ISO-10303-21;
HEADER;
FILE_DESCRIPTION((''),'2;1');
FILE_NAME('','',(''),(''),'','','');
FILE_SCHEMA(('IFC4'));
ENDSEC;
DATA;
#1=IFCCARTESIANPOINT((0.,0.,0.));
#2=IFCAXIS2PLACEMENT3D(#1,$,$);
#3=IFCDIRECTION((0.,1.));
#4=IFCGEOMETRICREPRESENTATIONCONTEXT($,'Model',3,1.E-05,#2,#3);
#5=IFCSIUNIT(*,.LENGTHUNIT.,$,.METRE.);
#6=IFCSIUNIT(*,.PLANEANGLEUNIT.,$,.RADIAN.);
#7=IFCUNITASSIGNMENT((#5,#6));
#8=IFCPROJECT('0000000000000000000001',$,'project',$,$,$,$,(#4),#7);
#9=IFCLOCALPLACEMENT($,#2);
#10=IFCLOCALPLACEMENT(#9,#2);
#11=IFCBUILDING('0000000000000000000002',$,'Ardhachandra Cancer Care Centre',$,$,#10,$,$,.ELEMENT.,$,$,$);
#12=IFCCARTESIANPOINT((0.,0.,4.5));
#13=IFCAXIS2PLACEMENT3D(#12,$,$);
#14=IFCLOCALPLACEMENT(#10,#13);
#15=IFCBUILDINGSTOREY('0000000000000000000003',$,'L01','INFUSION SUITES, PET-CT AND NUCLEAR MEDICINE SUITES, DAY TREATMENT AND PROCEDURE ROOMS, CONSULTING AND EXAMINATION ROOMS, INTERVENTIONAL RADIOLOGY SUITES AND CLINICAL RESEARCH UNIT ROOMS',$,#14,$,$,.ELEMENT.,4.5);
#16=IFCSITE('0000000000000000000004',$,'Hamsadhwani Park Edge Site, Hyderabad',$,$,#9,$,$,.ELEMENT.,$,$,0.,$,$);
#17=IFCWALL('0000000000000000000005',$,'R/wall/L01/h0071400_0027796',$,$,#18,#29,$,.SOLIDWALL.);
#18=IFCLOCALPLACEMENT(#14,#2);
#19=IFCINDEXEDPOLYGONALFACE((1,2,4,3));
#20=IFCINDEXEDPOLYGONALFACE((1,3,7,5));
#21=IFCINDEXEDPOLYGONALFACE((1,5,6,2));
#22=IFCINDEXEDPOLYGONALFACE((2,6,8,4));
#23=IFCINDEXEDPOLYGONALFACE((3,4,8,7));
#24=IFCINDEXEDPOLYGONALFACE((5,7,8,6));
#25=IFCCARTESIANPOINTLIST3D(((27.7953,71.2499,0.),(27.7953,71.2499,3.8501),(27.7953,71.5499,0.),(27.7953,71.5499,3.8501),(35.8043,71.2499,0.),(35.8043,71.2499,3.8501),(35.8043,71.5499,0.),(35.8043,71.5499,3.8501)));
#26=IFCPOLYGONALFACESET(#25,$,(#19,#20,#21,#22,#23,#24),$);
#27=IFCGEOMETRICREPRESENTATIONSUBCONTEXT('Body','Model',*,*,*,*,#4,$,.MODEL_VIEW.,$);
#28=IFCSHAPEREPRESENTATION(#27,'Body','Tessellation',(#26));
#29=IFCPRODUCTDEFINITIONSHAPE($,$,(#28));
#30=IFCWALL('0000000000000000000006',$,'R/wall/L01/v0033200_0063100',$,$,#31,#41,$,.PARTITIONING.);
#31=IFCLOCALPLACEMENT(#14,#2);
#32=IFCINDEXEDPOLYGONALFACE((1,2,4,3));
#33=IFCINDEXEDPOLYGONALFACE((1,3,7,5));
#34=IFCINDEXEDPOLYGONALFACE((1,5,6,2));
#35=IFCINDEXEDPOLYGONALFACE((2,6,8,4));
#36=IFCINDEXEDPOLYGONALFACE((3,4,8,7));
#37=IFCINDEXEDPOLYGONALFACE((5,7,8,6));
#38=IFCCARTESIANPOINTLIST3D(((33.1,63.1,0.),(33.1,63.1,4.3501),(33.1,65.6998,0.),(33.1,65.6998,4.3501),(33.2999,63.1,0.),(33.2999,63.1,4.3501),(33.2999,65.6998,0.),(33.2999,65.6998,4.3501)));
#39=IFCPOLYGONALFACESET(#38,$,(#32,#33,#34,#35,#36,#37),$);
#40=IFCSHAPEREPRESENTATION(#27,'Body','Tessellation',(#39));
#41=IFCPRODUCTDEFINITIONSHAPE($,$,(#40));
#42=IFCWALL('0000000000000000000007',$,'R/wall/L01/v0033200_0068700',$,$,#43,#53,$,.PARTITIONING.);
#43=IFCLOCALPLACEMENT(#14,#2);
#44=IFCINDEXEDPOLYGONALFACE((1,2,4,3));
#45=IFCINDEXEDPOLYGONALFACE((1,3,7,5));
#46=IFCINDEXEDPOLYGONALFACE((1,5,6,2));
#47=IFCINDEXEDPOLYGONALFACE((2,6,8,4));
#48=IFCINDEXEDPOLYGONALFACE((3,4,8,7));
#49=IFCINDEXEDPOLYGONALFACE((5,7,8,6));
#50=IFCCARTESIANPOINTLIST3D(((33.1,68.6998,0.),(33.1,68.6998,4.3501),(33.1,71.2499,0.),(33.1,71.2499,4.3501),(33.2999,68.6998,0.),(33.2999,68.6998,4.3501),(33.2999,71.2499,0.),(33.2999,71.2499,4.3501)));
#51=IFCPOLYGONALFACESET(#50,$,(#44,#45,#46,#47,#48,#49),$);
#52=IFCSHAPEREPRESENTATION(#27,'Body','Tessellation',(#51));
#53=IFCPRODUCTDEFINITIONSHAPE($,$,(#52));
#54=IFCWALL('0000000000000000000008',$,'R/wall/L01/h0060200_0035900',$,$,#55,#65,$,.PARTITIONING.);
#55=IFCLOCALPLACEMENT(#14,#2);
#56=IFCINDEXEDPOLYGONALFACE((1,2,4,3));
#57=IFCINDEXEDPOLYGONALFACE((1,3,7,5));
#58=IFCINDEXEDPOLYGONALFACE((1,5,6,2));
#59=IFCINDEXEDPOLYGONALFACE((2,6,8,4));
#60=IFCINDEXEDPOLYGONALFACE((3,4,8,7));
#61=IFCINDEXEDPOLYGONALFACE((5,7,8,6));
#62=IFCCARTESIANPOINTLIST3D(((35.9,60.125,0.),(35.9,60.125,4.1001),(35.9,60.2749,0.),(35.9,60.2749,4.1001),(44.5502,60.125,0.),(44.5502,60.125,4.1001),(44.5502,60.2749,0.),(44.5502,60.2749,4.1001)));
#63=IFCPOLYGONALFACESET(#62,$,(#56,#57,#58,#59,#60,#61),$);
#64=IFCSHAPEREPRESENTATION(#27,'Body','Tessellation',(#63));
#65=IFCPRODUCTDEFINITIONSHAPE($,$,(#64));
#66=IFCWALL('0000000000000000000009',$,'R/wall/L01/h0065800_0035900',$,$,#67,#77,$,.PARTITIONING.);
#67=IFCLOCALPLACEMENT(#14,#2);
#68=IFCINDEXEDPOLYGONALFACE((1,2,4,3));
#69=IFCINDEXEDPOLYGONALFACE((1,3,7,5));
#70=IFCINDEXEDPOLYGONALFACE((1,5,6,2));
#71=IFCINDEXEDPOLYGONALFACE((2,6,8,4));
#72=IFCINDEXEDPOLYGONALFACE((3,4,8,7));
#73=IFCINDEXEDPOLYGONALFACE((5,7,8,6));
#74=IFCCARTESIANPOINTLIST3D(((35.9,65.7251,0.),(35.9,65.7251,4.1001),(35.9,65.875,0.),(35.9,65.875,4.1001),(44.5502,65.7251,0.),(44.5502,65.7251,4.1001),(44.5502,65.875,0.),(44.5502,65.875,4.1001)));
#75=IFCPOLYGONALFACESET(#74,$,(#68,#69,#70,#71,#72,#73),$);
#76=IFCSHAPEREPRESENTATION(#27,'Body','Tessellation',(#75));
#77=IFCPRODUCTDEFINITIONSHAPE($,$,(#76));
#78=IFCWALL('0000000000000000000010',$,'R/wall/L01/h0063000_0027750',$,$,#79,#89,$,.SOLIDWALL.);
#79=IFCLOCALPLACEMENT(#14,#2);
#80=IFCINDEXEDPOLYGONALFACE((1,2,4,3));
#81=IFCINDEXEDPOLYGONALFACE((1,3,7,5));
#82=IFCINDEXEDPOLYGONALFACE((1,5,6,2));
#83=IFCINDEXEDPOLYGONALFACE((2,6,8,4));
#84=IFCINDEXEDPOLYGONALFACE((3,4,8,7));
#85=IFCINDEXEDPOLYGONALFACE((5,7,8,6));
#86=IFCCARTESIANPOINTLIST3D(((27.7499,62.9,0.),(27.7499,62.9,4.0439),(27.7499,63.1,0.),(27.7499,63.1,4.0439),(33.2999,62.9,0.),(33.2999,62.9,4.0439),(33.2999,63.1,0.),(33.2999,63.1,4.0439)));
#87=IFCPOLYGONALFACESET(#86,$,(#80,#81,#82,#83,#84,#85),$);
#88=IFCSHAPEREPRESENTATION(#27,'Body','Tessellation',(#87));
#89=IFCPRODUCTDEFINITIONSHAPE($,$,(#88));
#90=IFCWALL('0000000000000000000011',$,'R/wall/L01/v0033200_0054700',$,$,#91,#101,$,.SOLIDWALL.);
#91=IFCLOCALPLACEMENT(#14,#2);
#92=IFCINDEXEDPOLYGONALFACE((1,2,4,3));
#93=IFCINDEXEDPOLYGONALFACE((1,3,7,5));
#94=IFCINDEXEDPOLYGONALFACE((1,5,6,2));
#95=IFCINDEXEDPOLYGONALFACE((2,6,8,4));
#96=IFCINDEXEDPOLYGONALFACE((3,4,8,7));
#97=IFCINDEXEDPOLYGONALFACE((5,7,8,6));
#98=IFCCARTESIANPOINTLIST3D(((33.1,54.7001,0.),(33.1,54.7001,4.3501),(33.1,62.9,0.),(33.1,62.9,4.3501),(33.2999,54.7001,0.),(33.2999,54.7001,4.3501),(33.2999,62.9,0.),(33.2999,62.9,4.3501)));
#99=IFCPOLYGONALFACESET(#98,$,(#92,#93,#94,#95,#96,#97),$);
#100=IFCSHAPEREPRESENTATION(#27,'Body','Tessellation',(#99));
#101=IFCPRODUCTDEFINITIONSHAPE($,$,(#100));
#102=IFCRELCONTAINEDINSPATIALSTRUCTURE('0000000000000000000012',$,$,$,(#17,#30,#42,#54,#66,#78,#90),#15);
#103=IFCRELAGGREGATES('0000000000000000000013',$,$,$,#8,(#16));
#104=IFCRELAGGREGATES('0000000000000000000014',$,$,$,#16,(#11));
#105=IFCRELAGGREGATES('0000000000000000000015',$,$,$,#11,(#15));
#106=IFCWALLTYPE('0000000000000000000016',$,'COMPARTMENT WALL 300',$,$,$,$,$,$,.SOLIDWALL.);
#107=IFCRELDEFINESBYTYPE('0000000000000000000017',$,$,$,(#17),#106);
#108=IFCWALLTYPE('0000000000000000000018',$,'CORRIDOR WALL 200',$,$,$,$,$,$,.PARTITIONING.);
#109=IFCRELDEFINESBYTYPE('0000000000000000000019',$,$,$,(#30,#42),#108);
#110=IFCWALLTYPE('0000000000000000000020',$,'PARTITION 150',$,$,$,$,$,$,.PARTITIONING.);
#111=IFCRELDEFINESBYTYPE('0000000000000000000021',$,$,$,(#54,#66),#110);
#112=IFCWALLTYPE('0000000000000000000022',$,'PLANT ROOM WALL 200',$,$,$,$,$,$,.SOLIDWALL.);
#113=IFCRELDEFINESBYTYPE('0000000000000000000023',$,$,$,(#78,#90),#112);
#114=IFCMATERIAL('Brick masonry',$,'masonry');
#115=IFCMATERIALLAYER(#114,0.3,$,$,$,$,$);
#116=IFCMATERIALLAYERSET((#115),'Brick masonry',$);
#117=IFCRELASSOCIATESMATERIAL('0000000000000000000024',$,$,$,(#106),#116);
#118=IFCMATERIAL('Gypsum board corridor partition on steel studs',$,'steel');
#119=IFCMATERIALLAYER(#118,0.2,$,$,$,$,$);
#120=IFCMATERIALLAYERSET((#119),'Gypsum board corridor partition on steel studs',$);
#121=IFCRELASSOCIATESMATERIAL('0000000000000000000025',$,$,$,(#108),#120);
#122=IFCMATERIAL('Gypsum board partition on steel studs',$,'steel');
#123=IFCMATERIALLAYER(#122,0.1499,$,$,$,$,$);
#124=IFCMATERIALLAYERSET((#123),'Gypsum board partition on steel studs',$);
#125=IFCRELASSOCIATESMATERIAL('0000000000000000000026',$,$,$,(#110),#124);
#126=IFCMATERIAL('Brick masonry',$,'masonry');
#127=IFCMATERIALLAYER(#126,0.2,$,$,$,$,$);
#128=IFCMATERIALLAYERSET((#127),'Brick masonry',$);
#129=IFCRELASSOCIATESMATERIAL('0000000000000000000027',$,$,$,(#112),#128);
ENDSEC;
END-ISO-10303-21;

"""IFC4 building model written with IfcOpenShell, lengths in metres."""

from ifc_helpers import new_model, si_unit, direction, frame, frame_2d, origin, place, context, subcontext, project, spatial, rectangle, extrude, material, layer, layer_set, type_object, element, save


model = new_model("IFC4")

# Units and contexts
model_context = context("Model", 3, precision=1e-05, world=origin(), true_north=direction((0.0, 1.0)))
body_context = subcontext(model_context, "Body", "Model", "MODEL_VIEW")
ifc_project = project(units=[si_unit("LENGTHUNIT", "METRE"), si_unit("PLANEANGLEUNIT", "RADIAN")], contexts=[model_context])

# Site, building, storey
site_placement = place(None, origin())
site = spatial("IfcSite", under=ifc_project, at=site_placement, Name="Hamsadhwani Park Edge Site, Hyderabad", CompositionType="ELEMENT", RefElevation=0.0)
building_placement = place(site_placement, origin())
building = spatial("IfcBuilding", under=site, at=building_placement, Name="Ardhachandra Cancer Care Centre", CompositionType="ELEMENT")
storey_placement = place(building_placement, frame((0.0, 0.0, 4.5)))
storey = spatial("IfcBuildingStorey", under=building, at=storey_placement, Name="L01", Description="INFUSION SUITES, PET-CT AND NUCLEAR MEDICINE SUITES, DAY TREATMENT AND PROCEDURE ROOMS, CONSULTING AND EXAMINATION ROOMS, INTERVENTIONAL RADIOLOGY SUITES AND CLINICAL RESEARCH UNIT ROOMS", CompositionType="ELEMENT", Elevation=4.5)

# Walls
ifc_material_1 = material(Name="Brick masonry", Category="masonry")
ifc_layer_1 = layer(ifc_material_1, 0.3)
ifc_layer_set_1 = layer_set([ifc_layer_1], Name="Brick masonry")
wall_type_1 = type_object("IfcWallType", Name="COMPARTMENT WALL 300", PredefinedType="SOLIDWALL", material=ifc_layer_set_1)
wall_1_placement = place(storey_placement, frame((27.7954, 71.3999, 0.0), z_axis=(0.0, 0.0, 1.0), x_axis=(1.0, 0.0, 0.0)))
element("IfcWall", 1, at=wall_1_placement, inside=storey, type_object=wall_type_1, Name="R/wall/L01/h0071400_0027796", PredefinedType="SOLIDWALL", context=body_context, shape_type="SweptSolid", body=[
    extrude(rectangle(XDim=8.009, YDim=0.3, at=frame_2d((4.0044, 0.0))), origin(), (0.0, 0.0, 1.0), 3.8501),
])
ifc_material_2 = material(Name="Gypsum board corridor partition on steel studs", Category="steel")
ifc_layer_2 = layer(ifc_material_2, 0.2)
ifc_layer_set_2 = layer_set([ifc_layer_2], Name="Gypsum board corridor partition on steel studs")
wall_type_2 = type_object("IfcWallType", Name="CORRIDOR WALL 200", PredefinedType="PARTITIONING", material=ifc_layer_set_2)
wall_2_placement = place(storey_placement, frame((33.2, 63.1001, 0.0), z_axis=(0.0, 0.0, 1.0), x_axis=(0.0, 1.0, 0.0)))
element("IfcWall", 2, at=wall_2_placement, inside=storey, type_object=wall_type_2, Name="R/wall/L01/v0033200_0063100", PredefinedType="PARTITIONING", context=body_context, shape_type="SweptSolid", body=[
    extrude(rectangle(XDim=2.5999, YDim=0.2, at=frame_2d((1.2998, 0.0))), origin(), (0.0, 0.0, 1.0), 4.3501),
])
wall_3_placement = place(storey_placement, frame((33.2, 68.7, 0.0), z_axis=(0.0, 0.0, 1.0), x_axis=(0.0, 1.0, 0.0)))
element("IfcWall", 3, at=wall_3_placement, inside=storey, type_object=wall_type_2, Name="R/wall/L01/v0033200_0068700", PredefinedType="PARTITIONING", context=body_context, shape_type="SweptSolid", body=[
    extrude(rectangle(XDim=2.55, YDim=0.2, at=frame_2d((1.2749, 0.0))), origin(), (0.0, 0.0, 1.0), 4.3501),
])
ifc_material_3 = material(Name="Gypsum board partition on steel studs", Category="steel")
ifc_layer_3 = layer(ifc_material_3, 0.1499)
ifc_layer_set_3 = layer_set([ifc_layer_3], Name="Gypsum board partition on steel studs")
wall_type_3 = type_object("IfcWallType", Name="PARTITION 150", PredefinedType="PARTITIONING", material=ifc_layer_set_3)
for number, where, z_axis, x_axis, name in (
    (4, (35.8999, 60.2, 0.0), (0.0, 0.0, 1.0), (1.0, 0.0, 0.0), "R/wall/L01/h0060200_0035900"),
    (5, (35.8999, 65.8, 0.0), (0.0, 0.0, 1.0), (1.0, 0.0, 0.0), "R/wall/L01/h0065800_0035900"),
):
    element("IfcWall", number, at=place(storey_placement, frame(where, z_axis=z_axis, x_axis=x_axis)), inside=storey, type_object=wall_type_3, Name=name, PredefinedType="PARTITIONING", context=body_context, shape_type="SweptSolid", body=[
        extrude(rectangle(XDim=8.6501, YDim=0.1499, at=frame_2d((4.3252, 0.0))), origin(), (0.0, 0.0, 1.0), 4.1001),
    ])
ifc_material_4 = material(Name="Brick masonry", Category="masonry")
ifc_layer_4 = layer(ifc_material_4, 0.2)
ifc_layer_set_4 = layer_set([ifc_layer_4], Name="Brick masonry")
wall_type_4 = type_object("IfcWallType", Name="PLANT ROOM WALL 200", PredefinedType="SOLIDWALL", material=ifc_layer_set_4)
wall_4_placement = place(storey_placement, frame((27.75, 63.0, 0.0), z_axis=(0.0, 0.0, 1.0), x_axis=(1.0, 0.0, 0.0)))
element("IfcWall", 6, at=wall_4_placement, inside=storey, type_object=wall_type_4, Name="R/wall/L01/h0063000_0027750", PredefinedType="SOLIDWALL", context=body_context, shape_type="SweptSolid", body=[
    extrude(rectangle(XDim=5.55, YDim=0.2, at=frame_2d((2.7749, 0.0))), origin(), (0.0, 0.0, 1.0), 4.0439),
])
wall_5_placement = place(storey_placement, frame((33.2, 54.7, 0.0), z_axis=(0.0, 0.0, 1.0), x_axis=(0.0, 1.0, 0.0)))
element("IfcWall", 7, at=wall_5_placement, inside=storey, type_object=wall_type_4, Name="R/wall/L01/v0033200_0054700", PredefinedType="SOLIDWALL", context=body_context, shape_type="SweptSolid", body=[
    extrude(rectangle(XDim=8.2, YDim=0.2, at=frame_2d((4.1001, 0.0))), origin(), (0.0, 0.0, 1.0), 4.3501),
])

save(model, "model.ifc")
